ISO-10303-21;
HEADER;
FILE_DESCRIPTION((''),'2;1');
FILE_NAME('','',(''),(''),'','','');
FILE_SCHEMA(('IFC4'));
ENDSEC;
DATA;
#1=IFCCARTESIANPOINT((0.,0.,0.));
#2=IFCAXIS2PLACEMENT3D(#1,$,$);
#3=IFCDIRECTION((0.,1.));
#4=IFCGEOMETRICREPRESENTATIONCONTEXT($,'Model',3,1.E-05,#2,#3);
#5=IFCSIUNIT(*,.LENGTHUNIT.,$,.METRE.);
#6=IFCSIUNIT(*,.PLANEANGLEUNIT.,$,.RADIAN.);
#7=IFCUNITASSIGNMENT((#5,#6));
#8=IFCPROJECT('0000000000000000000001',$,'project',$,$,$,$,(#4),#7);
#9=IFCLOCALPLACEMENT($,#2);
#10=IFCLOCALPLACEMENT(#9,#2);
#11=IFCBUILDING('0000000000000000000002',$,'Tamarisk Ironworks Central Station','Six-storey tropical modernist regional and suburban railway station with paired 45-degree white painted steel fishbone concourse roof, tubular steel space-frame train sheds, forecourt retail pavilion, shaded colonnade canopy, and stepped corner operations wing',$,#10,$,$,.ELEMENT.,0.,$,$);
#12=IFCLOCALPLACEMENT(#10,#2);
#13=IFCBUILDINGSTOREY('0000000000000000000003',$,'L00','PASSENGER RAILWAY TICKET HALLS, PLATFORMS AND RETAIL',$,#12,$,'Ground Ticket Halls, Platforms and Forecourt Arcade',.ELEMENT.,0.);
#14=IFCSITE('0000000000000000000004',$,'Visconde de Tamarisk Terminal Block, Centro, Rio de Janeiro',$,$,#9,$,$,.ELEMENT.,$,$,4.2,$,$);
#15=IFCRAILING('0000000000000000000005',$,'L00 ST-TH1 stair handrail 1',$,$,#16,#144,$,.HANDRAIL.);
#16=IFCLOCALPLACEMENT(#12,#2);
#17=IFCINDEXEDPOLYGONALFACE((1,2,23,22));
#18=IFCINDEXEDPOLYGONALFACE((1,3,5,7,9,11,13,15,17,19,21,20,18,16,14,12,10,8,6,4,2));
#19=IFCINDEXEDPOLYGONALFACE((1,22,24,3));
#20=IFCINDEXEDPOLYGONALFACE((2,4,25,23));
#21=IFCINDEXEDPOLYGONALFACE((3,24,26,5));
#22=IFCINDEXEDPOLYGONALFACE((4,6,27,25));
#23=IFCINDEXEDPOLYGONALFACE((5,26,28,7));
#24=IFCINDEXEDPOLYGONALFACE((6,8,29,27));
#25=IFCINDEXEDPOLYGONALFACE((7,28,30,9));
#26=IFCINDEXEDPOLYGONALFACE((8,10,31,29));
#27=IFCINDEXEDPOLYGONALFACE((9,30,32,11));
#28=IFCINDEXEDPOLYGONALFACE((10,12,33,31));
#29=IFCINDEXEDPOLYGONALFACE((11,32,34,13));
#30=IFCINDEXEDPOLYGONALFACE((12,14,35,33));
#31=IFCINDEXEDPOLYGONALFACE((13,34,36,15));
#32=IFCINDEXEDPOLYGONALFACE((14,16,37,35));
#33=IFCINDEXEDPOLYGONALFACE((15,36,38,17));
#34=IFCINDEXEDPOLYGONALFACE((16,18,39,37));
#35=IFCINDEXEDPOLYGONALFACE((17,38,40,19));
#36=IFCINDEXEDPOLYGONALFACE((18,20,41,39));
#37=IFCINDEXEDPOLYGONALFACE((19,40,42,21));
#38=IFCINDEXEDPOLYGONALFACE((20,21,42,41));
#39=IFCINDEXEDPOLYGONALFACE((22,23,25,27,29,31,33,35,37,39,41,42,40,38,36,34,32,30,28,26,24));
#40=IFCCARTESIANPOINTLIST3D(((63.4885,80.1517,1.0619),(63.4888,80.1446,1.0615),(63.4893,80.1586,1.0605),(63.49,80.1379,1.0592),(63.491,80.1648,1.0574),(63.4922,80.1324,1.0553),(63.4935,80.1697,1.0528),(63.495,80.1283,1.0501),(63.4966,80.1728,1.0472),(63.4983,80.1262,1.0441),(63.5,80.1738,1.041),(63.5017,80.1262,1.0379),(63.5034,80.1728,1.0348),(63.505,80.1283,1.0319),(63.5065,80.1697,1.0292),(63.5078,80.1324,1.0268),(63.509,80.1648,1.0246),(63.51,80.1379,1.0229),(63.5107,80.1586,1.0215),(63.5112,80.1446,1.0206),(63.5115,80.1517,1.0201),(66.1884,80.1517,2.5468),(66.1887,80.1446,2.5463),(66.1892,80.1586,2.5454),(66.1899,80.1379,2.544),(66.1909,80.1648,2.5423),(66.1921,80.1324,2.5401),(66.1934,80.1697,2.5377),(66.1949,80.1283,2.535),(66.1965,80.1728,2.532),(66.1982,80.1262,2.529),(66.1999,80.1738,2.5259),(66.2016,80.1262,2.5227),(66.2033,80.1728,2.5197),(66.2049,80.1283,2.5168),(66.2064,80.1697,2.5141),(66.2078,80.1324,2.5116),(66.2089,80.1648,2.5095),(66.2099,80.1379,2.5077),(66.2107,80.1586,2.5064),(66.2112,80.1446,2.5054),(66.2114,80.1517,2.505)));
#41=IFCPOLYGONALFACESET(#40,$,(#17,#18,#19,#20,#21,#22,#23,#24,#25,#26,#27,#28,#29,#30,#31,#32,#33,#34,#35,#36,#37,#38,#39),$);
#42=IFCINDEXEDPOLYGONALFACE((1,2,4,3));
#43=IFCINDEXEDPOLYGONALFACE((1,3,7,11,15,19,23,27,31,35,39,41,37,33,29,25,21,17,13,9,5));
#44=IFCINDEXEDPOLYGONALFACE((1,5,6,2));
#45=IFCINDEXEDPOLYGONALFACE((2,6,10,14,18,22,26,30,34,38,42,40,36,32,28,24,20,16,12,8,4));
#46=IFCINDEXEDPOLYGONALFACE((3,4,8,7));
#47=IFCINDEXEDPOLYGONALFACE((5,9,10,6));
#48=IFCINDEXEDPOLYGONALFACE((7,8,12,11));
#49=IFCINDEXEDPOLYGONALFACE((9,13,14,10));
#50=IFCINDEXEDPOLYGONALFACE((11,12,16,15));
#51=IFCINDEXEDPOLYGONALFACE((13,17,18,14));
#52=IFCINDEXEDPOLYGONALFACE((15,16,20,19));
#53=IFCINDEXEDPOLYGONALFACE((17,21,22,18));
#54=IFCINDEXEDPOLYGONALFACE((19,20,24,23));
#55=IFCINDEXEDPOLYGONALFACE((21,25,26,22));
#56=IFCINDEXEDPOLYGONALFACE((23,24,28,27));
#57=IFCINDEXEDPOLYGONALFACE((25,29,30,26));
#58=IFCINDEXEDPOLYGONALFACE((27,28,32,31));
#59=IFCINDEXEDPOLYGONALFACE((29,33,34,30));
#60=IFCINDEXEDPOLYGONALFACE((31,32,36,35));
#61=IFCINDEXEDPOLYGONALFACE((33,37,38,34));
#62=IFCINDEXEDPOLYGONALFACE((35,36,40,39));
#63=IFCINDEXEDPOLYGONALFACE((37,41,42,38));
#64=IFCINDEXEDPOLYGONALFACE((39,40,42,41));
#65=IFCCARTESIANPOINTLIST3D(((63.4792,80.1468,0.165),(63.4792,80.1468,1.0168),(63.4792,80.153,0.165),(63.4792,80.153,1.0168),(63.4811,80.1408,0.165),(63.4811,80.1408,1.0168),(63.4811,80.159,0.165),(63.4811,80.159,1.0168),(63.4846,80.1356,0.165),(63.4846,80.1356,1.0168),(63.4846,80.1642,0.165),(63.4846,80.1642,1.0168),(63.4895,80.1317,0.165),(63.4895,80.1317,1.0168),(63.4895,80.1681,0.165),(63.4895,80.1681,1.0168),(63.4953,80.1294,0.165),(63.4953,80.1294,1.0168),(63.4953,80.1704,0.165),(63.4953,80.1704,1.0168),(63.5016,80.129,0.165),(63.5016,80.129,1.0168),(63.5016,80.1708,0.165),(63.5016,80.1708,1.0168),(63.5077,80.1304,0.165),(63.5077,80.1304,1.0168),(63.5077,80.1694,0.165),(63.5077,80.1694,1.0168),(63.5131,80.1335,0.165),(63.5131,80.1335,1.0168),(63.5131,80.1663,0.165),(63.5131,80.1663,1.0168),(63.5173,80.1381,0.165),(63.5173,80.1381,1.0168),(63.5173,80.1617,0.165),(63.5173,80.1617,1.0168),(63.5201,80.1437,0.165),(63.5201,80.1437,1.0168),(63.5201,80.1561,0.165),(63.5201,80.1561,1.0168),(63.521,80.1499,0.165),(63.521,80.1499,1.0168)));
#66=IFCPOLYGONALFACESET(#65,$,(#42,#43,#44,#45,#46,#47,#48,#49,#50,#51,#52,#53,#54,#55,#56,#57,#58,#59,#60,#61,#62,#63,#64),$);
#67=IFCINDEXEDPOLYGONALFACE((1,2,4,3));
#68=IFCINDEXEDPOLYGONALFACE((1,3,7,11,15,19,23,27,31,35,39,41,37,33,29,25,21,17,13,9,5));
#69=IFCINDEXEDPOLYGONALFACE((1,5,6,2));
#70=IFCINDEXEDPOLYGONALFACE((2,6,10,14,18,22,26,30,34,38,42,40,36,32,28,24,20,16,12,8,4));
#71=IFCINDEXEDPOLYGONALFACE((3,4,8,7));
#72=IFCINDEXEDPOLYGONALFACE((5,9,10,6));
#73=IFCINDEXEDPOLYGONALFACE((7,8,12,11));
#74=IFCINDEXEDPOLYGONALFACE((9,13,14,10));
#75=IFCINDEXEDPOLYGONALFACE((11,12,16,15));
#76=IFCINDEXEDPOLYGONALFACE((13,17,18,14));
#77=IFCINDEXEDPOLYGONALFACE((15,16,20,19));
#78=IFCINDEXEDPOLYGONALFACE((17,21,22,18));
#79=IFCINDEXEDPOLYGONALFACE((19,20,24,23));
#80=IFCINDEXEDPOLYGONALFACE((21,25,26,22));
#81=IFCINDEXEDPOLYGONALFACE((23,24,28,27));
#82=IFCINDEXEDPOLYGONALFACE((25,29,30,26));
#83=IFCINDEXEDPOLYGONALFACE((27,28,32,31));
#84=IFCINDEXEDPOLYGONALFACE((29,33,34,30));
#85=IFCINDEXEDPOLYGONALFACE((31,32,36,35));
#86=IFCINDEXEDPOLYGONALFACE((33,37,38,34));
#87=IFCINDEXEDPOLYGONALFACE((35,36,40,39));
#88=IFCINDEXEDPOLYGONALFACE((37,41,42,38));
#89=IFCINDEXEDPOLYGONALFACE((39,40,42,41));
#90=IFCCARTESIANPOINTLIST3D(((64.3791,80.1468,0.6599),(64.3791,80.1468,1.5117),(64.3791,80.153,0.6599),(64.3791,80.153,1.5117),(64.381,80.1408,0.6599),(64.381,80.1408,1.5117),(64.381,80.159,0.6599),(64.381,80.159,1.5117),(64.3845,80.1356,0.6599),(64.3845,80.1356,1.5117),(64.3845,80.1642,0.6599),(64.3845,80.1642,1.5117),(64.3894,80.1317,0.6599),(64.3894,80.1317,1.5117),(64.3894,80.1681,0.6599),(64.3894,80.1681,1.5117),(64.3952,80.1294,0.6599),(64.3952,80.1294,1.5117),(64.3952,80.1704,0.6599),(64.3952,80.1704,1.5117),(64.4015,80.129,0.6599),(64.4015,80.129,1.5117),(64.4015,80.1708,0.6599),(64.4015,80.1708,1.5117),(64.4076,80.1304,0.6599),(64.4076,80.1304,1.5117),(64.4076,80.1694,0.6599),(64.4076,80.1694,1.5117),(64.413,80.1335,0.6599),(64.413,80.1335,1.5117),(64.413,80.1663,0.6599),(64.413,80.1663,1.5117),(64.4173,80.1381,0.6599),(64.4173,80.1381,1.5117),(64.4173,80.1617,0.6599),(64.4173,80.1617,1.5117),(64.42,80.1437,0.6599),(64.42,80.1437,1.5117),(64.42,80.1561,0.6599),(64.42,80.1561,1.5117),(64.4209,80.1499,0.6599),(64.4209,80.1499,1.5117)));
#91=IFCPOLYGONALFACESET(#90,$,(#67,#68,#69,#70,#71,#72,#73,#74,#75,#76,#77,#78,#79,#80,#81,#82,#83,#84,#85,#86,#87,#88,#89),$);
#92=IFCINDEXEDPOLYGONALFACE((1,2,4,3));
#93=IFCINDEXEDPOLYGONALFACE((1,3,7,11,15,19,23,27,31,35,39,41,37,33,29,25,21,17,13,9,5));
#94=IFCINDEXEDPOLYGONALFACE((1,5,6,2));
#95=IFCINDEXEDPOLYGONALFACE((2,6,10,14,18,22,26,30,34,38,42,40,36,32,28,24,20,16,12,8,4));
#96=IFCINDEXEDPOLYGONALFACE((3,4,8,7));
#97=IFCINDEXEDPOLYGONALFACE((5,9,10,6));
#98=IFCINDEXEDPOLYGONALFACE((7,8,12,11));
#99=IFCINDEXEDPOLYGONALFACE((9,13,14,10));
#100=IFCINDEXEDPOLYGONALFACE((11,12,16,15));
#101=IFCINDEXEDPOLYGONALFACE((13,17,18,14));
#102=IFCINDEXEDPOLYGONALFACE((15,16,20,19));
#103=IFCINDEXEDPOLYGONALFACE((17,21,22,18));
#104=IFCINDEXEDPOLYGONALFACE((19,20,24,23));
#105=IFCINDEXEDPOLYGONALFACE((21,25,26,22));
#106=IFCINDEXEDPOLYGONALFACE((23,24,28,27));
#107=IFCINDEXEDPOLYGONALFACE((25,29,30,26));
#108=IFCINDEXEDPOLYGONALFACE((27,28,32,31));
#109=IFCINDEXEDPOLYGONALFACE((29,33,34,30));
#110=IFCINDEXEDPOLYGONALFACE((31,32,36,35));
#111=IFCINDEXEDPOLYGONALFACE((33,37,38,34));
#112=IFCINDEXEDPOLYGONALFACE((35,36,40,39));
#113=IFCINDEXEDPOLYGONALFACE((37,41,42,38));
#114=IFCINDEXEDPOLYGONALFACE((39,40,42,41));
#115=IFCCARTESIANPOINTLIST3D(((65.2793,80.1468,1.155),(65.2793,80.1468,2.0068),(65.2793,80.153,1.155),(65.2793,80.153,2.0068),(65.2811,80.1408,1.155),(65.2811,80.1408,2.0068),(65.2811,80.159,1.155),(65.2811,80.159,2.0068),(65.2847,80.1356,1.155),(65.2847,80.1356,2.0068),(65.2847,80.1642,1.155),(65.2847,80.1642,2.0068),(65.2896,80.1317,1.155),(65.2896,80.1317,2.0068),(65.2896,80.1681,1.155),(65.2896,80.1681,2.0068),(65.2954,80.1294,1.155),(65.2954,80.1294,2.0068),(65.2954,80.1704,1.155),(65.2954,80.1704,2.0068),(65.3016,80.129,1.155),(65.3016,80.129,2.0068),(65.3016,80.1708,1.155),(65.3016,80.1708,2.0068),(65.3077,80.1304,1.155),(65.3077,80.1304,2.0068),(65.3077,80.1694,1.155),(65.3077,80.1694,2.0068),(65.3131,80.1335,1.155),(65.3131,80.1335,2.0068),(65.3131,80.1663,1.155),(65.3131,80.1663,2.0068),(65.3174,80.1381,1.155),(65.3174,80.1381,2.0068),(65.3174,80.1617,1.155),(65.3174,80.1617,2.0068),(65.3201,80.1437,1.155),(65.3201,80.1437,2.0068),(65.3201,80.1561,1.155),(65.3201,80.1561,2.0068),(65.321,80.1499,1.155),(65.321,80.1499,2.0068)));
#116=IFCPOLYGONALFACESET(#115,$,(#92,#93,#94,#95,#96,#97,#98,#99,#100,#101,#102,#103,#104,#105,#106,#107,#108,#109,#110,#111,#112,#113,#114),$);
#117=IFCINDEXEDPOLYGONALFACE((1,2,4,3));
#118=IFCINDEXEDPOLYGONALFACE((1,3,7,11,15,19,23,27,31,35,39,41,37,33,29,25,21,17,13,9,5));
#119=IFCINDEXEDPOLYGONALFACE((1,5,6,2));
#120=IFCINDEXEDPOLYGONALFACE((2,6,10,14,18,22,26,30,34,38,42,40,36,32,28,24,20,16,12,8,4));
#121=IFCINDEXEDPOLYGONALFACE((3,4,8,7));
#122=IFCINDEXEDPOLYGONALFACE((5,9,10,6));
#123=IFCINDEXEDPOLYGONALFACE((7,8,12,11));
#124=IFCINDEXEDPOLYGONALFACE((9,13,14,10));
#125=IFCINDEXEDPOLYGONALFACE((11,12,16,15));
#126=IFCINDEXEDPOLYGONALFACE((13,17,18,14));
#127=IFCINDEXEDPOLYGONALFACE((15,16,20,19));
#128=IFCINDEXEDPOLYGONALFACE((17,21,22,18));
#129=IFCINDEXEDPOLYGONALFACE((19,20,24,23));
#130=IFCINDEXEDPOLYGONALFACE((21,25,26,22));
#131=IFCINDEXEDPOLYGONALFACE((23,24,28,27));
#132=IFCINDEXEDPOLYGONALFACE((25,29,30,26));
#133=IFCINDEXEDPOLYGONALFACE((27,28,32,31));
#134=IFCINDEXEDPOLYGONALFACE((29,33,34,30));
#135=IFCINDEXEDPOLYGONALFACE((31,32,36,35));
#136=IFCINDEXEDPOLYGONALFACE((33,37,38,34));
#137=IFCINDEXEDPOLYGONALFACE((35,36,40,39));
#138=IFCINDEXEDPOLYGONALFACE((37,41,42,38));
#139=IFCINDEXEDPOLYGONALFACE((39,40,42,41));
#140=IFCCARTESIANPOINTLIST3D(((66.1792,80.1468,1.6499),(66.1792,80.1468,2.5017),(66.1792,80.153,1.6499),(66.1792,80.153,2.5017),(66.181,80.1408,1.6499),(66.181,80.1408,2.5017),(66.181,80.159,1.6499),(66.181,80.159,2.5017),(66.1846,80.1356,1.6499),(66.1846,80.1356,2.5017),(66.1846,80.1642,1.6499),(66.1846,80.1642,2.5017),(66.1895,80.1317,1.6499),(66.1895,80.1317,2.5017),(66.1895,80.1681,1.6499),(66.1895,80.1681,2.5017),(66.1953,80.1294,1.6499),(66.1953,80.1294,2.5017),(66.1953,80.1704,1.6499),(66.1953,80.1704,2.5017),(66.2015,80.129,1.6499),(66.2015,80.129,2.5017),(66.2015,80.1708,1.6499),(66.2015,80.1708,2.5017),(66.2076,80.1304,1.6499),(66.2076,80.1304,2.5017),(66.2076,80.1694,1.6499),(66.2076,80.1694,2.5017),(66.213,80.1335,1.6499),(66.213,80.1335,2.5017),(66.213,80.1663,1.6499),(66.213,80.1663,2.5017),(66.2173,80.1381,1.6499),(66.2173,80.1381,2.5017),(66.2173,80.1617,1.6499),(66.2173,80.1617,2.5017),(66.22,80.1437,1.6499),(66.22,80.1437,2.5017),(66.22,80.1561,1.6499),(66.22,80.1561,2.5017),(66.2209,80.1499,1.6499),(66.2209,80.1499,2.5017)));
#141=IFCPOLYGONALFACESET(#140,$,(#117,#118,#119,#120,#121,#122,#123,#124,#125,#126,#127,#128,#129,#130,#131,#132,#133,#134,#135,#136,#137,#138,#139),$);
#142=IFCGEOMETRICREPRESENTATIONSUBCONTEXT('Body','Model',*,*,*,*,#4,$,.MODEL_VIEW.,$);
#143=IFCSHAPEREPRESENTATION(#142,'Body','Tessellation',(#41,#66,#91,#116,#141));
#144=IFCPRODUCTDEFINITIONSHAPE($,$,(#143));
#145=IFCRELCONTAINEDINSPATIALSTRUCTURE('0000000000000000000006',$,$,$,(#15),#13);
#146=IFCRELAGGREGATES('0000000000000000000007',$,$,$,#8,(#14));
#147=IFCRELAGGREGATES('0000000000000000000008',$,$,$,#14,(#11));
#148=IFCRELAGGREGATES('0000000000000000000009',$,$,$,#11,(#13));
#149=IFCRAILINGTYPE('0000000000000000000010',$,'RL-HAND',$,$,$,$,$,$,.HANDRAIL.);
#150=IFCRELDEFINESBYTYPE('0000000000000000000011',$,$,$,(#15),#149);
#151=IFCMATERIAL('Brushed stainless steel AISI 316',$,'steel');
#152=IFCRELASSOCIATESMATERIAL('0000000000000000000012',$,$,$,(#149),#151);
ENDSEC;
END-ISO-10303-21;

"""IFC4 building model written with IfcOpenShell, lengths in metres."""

from ifc_helpers import new_model, si_unit, direction, frame, origin, origin_2d, place, context, subcontext, project, spatial, circle, extrude, material, type_object, element, save


model = new_model("IFC4")

# Units and contexts
model_context = context("Model", 3, precision=1e-05, world=origin(), true_north=direction((0.0, 1.0)))
body_context = subcontext(model_context, "Body", "Model", "MODEL_VIEW")
ifc_project = project(units=[si_unit("LENGTHUNIT", "METRE"), si_unit("PLANEANGLEUNIT", "RADIAN")], contexts=[model_context])

# Site, building, storey
site_placement = place(None, origin())
site = spatial("IfcSite", under=ifc_project, at=site_placement, Name="Visconde de Tamarisk Terminal Block, Centro, Rio de Janeiro", CompositionType="ELEMENT", RefElevation=4.2)
building_placement = place(site_placement, origin())
building = spatial("IfcBuilding", under=site, at=building_placement, Name="Tamarisk Ironworks Central Station", Description="Six-storey tropical modernist regional and suburban railway station with paired 45-degree white painted steel fishbone concourse roof, tubular steel space-frame train sheds, forecourt retail pavilion, shaded colonnade canopy, and stepped corner operations wing", CompositionType="ELEMENT", ElevationOfRefHeight=0.0)
storey_placement = place(building_placement, origin())
storey = spatial("IfcBuildingStorey", under=building, at=storey_placement, Name="L00", Description="PASSENGER RAILWAY TICKET HALLS, PLATFORMS AND RETAIL", LongName="Ground Ticket Halls, Platforms and Forecourt Arcade", CompositionType="ELEMENT", Elevation=0.0)

# Railing
ifc_material_1 = material(Name="Brushed stainless steel AISI 316", Category="steel")
railing_type_1 = type_object("IfcRailingType", Name="RL-HAND", PredefinedType="HANDRAIL", material=ifc_material_1)
for number, where, name in (
    (1, (63.5, 80.1499, 0.165), "L00 ST-TH1 stair handrail 1"),
):
    element("IfcRailing", number, at=place(storey_placement, frame(where)), inside=storey, type_object=railing_type_1, Name=name, PredefinedType="HANDRAIL", context=body_context, shape_type="SweptSolid", body=[
        extrude(circle(Radius=0.0239, at=origin_2d()), frame((0.0, 0.0, 0.876), z_axis=(0.876231, 0.0, 0.481891), x_axis=(0.0, 1.0, 0.0)), (0.0, 0.0, 1.0), 3.0813),
        extrude(circle(Radius=0.021, at=origin_2d()), origin(), (0.0, 0.0, 1.0), 0.8518),
        extrude(circle(Radius=0.021, at=origin_2d()), frame((0.8999, 0.0, 0.4949)), (0.0, 0.0, 1.0), 0.8518),
        extrude(circle(Radius=0.021, at=origin_2d()), frame((1.8, 0.0, 0.99)), (0.0, 0.0, 1.0), 0.8518),
        extrude(circle(Radius=0.021, at=origin_2d()), frame((2.7, 0.0, 1.4849)), (0.0, 0.0, 1.0), 0.8518),
    ])

save(model, "model.ifc")
